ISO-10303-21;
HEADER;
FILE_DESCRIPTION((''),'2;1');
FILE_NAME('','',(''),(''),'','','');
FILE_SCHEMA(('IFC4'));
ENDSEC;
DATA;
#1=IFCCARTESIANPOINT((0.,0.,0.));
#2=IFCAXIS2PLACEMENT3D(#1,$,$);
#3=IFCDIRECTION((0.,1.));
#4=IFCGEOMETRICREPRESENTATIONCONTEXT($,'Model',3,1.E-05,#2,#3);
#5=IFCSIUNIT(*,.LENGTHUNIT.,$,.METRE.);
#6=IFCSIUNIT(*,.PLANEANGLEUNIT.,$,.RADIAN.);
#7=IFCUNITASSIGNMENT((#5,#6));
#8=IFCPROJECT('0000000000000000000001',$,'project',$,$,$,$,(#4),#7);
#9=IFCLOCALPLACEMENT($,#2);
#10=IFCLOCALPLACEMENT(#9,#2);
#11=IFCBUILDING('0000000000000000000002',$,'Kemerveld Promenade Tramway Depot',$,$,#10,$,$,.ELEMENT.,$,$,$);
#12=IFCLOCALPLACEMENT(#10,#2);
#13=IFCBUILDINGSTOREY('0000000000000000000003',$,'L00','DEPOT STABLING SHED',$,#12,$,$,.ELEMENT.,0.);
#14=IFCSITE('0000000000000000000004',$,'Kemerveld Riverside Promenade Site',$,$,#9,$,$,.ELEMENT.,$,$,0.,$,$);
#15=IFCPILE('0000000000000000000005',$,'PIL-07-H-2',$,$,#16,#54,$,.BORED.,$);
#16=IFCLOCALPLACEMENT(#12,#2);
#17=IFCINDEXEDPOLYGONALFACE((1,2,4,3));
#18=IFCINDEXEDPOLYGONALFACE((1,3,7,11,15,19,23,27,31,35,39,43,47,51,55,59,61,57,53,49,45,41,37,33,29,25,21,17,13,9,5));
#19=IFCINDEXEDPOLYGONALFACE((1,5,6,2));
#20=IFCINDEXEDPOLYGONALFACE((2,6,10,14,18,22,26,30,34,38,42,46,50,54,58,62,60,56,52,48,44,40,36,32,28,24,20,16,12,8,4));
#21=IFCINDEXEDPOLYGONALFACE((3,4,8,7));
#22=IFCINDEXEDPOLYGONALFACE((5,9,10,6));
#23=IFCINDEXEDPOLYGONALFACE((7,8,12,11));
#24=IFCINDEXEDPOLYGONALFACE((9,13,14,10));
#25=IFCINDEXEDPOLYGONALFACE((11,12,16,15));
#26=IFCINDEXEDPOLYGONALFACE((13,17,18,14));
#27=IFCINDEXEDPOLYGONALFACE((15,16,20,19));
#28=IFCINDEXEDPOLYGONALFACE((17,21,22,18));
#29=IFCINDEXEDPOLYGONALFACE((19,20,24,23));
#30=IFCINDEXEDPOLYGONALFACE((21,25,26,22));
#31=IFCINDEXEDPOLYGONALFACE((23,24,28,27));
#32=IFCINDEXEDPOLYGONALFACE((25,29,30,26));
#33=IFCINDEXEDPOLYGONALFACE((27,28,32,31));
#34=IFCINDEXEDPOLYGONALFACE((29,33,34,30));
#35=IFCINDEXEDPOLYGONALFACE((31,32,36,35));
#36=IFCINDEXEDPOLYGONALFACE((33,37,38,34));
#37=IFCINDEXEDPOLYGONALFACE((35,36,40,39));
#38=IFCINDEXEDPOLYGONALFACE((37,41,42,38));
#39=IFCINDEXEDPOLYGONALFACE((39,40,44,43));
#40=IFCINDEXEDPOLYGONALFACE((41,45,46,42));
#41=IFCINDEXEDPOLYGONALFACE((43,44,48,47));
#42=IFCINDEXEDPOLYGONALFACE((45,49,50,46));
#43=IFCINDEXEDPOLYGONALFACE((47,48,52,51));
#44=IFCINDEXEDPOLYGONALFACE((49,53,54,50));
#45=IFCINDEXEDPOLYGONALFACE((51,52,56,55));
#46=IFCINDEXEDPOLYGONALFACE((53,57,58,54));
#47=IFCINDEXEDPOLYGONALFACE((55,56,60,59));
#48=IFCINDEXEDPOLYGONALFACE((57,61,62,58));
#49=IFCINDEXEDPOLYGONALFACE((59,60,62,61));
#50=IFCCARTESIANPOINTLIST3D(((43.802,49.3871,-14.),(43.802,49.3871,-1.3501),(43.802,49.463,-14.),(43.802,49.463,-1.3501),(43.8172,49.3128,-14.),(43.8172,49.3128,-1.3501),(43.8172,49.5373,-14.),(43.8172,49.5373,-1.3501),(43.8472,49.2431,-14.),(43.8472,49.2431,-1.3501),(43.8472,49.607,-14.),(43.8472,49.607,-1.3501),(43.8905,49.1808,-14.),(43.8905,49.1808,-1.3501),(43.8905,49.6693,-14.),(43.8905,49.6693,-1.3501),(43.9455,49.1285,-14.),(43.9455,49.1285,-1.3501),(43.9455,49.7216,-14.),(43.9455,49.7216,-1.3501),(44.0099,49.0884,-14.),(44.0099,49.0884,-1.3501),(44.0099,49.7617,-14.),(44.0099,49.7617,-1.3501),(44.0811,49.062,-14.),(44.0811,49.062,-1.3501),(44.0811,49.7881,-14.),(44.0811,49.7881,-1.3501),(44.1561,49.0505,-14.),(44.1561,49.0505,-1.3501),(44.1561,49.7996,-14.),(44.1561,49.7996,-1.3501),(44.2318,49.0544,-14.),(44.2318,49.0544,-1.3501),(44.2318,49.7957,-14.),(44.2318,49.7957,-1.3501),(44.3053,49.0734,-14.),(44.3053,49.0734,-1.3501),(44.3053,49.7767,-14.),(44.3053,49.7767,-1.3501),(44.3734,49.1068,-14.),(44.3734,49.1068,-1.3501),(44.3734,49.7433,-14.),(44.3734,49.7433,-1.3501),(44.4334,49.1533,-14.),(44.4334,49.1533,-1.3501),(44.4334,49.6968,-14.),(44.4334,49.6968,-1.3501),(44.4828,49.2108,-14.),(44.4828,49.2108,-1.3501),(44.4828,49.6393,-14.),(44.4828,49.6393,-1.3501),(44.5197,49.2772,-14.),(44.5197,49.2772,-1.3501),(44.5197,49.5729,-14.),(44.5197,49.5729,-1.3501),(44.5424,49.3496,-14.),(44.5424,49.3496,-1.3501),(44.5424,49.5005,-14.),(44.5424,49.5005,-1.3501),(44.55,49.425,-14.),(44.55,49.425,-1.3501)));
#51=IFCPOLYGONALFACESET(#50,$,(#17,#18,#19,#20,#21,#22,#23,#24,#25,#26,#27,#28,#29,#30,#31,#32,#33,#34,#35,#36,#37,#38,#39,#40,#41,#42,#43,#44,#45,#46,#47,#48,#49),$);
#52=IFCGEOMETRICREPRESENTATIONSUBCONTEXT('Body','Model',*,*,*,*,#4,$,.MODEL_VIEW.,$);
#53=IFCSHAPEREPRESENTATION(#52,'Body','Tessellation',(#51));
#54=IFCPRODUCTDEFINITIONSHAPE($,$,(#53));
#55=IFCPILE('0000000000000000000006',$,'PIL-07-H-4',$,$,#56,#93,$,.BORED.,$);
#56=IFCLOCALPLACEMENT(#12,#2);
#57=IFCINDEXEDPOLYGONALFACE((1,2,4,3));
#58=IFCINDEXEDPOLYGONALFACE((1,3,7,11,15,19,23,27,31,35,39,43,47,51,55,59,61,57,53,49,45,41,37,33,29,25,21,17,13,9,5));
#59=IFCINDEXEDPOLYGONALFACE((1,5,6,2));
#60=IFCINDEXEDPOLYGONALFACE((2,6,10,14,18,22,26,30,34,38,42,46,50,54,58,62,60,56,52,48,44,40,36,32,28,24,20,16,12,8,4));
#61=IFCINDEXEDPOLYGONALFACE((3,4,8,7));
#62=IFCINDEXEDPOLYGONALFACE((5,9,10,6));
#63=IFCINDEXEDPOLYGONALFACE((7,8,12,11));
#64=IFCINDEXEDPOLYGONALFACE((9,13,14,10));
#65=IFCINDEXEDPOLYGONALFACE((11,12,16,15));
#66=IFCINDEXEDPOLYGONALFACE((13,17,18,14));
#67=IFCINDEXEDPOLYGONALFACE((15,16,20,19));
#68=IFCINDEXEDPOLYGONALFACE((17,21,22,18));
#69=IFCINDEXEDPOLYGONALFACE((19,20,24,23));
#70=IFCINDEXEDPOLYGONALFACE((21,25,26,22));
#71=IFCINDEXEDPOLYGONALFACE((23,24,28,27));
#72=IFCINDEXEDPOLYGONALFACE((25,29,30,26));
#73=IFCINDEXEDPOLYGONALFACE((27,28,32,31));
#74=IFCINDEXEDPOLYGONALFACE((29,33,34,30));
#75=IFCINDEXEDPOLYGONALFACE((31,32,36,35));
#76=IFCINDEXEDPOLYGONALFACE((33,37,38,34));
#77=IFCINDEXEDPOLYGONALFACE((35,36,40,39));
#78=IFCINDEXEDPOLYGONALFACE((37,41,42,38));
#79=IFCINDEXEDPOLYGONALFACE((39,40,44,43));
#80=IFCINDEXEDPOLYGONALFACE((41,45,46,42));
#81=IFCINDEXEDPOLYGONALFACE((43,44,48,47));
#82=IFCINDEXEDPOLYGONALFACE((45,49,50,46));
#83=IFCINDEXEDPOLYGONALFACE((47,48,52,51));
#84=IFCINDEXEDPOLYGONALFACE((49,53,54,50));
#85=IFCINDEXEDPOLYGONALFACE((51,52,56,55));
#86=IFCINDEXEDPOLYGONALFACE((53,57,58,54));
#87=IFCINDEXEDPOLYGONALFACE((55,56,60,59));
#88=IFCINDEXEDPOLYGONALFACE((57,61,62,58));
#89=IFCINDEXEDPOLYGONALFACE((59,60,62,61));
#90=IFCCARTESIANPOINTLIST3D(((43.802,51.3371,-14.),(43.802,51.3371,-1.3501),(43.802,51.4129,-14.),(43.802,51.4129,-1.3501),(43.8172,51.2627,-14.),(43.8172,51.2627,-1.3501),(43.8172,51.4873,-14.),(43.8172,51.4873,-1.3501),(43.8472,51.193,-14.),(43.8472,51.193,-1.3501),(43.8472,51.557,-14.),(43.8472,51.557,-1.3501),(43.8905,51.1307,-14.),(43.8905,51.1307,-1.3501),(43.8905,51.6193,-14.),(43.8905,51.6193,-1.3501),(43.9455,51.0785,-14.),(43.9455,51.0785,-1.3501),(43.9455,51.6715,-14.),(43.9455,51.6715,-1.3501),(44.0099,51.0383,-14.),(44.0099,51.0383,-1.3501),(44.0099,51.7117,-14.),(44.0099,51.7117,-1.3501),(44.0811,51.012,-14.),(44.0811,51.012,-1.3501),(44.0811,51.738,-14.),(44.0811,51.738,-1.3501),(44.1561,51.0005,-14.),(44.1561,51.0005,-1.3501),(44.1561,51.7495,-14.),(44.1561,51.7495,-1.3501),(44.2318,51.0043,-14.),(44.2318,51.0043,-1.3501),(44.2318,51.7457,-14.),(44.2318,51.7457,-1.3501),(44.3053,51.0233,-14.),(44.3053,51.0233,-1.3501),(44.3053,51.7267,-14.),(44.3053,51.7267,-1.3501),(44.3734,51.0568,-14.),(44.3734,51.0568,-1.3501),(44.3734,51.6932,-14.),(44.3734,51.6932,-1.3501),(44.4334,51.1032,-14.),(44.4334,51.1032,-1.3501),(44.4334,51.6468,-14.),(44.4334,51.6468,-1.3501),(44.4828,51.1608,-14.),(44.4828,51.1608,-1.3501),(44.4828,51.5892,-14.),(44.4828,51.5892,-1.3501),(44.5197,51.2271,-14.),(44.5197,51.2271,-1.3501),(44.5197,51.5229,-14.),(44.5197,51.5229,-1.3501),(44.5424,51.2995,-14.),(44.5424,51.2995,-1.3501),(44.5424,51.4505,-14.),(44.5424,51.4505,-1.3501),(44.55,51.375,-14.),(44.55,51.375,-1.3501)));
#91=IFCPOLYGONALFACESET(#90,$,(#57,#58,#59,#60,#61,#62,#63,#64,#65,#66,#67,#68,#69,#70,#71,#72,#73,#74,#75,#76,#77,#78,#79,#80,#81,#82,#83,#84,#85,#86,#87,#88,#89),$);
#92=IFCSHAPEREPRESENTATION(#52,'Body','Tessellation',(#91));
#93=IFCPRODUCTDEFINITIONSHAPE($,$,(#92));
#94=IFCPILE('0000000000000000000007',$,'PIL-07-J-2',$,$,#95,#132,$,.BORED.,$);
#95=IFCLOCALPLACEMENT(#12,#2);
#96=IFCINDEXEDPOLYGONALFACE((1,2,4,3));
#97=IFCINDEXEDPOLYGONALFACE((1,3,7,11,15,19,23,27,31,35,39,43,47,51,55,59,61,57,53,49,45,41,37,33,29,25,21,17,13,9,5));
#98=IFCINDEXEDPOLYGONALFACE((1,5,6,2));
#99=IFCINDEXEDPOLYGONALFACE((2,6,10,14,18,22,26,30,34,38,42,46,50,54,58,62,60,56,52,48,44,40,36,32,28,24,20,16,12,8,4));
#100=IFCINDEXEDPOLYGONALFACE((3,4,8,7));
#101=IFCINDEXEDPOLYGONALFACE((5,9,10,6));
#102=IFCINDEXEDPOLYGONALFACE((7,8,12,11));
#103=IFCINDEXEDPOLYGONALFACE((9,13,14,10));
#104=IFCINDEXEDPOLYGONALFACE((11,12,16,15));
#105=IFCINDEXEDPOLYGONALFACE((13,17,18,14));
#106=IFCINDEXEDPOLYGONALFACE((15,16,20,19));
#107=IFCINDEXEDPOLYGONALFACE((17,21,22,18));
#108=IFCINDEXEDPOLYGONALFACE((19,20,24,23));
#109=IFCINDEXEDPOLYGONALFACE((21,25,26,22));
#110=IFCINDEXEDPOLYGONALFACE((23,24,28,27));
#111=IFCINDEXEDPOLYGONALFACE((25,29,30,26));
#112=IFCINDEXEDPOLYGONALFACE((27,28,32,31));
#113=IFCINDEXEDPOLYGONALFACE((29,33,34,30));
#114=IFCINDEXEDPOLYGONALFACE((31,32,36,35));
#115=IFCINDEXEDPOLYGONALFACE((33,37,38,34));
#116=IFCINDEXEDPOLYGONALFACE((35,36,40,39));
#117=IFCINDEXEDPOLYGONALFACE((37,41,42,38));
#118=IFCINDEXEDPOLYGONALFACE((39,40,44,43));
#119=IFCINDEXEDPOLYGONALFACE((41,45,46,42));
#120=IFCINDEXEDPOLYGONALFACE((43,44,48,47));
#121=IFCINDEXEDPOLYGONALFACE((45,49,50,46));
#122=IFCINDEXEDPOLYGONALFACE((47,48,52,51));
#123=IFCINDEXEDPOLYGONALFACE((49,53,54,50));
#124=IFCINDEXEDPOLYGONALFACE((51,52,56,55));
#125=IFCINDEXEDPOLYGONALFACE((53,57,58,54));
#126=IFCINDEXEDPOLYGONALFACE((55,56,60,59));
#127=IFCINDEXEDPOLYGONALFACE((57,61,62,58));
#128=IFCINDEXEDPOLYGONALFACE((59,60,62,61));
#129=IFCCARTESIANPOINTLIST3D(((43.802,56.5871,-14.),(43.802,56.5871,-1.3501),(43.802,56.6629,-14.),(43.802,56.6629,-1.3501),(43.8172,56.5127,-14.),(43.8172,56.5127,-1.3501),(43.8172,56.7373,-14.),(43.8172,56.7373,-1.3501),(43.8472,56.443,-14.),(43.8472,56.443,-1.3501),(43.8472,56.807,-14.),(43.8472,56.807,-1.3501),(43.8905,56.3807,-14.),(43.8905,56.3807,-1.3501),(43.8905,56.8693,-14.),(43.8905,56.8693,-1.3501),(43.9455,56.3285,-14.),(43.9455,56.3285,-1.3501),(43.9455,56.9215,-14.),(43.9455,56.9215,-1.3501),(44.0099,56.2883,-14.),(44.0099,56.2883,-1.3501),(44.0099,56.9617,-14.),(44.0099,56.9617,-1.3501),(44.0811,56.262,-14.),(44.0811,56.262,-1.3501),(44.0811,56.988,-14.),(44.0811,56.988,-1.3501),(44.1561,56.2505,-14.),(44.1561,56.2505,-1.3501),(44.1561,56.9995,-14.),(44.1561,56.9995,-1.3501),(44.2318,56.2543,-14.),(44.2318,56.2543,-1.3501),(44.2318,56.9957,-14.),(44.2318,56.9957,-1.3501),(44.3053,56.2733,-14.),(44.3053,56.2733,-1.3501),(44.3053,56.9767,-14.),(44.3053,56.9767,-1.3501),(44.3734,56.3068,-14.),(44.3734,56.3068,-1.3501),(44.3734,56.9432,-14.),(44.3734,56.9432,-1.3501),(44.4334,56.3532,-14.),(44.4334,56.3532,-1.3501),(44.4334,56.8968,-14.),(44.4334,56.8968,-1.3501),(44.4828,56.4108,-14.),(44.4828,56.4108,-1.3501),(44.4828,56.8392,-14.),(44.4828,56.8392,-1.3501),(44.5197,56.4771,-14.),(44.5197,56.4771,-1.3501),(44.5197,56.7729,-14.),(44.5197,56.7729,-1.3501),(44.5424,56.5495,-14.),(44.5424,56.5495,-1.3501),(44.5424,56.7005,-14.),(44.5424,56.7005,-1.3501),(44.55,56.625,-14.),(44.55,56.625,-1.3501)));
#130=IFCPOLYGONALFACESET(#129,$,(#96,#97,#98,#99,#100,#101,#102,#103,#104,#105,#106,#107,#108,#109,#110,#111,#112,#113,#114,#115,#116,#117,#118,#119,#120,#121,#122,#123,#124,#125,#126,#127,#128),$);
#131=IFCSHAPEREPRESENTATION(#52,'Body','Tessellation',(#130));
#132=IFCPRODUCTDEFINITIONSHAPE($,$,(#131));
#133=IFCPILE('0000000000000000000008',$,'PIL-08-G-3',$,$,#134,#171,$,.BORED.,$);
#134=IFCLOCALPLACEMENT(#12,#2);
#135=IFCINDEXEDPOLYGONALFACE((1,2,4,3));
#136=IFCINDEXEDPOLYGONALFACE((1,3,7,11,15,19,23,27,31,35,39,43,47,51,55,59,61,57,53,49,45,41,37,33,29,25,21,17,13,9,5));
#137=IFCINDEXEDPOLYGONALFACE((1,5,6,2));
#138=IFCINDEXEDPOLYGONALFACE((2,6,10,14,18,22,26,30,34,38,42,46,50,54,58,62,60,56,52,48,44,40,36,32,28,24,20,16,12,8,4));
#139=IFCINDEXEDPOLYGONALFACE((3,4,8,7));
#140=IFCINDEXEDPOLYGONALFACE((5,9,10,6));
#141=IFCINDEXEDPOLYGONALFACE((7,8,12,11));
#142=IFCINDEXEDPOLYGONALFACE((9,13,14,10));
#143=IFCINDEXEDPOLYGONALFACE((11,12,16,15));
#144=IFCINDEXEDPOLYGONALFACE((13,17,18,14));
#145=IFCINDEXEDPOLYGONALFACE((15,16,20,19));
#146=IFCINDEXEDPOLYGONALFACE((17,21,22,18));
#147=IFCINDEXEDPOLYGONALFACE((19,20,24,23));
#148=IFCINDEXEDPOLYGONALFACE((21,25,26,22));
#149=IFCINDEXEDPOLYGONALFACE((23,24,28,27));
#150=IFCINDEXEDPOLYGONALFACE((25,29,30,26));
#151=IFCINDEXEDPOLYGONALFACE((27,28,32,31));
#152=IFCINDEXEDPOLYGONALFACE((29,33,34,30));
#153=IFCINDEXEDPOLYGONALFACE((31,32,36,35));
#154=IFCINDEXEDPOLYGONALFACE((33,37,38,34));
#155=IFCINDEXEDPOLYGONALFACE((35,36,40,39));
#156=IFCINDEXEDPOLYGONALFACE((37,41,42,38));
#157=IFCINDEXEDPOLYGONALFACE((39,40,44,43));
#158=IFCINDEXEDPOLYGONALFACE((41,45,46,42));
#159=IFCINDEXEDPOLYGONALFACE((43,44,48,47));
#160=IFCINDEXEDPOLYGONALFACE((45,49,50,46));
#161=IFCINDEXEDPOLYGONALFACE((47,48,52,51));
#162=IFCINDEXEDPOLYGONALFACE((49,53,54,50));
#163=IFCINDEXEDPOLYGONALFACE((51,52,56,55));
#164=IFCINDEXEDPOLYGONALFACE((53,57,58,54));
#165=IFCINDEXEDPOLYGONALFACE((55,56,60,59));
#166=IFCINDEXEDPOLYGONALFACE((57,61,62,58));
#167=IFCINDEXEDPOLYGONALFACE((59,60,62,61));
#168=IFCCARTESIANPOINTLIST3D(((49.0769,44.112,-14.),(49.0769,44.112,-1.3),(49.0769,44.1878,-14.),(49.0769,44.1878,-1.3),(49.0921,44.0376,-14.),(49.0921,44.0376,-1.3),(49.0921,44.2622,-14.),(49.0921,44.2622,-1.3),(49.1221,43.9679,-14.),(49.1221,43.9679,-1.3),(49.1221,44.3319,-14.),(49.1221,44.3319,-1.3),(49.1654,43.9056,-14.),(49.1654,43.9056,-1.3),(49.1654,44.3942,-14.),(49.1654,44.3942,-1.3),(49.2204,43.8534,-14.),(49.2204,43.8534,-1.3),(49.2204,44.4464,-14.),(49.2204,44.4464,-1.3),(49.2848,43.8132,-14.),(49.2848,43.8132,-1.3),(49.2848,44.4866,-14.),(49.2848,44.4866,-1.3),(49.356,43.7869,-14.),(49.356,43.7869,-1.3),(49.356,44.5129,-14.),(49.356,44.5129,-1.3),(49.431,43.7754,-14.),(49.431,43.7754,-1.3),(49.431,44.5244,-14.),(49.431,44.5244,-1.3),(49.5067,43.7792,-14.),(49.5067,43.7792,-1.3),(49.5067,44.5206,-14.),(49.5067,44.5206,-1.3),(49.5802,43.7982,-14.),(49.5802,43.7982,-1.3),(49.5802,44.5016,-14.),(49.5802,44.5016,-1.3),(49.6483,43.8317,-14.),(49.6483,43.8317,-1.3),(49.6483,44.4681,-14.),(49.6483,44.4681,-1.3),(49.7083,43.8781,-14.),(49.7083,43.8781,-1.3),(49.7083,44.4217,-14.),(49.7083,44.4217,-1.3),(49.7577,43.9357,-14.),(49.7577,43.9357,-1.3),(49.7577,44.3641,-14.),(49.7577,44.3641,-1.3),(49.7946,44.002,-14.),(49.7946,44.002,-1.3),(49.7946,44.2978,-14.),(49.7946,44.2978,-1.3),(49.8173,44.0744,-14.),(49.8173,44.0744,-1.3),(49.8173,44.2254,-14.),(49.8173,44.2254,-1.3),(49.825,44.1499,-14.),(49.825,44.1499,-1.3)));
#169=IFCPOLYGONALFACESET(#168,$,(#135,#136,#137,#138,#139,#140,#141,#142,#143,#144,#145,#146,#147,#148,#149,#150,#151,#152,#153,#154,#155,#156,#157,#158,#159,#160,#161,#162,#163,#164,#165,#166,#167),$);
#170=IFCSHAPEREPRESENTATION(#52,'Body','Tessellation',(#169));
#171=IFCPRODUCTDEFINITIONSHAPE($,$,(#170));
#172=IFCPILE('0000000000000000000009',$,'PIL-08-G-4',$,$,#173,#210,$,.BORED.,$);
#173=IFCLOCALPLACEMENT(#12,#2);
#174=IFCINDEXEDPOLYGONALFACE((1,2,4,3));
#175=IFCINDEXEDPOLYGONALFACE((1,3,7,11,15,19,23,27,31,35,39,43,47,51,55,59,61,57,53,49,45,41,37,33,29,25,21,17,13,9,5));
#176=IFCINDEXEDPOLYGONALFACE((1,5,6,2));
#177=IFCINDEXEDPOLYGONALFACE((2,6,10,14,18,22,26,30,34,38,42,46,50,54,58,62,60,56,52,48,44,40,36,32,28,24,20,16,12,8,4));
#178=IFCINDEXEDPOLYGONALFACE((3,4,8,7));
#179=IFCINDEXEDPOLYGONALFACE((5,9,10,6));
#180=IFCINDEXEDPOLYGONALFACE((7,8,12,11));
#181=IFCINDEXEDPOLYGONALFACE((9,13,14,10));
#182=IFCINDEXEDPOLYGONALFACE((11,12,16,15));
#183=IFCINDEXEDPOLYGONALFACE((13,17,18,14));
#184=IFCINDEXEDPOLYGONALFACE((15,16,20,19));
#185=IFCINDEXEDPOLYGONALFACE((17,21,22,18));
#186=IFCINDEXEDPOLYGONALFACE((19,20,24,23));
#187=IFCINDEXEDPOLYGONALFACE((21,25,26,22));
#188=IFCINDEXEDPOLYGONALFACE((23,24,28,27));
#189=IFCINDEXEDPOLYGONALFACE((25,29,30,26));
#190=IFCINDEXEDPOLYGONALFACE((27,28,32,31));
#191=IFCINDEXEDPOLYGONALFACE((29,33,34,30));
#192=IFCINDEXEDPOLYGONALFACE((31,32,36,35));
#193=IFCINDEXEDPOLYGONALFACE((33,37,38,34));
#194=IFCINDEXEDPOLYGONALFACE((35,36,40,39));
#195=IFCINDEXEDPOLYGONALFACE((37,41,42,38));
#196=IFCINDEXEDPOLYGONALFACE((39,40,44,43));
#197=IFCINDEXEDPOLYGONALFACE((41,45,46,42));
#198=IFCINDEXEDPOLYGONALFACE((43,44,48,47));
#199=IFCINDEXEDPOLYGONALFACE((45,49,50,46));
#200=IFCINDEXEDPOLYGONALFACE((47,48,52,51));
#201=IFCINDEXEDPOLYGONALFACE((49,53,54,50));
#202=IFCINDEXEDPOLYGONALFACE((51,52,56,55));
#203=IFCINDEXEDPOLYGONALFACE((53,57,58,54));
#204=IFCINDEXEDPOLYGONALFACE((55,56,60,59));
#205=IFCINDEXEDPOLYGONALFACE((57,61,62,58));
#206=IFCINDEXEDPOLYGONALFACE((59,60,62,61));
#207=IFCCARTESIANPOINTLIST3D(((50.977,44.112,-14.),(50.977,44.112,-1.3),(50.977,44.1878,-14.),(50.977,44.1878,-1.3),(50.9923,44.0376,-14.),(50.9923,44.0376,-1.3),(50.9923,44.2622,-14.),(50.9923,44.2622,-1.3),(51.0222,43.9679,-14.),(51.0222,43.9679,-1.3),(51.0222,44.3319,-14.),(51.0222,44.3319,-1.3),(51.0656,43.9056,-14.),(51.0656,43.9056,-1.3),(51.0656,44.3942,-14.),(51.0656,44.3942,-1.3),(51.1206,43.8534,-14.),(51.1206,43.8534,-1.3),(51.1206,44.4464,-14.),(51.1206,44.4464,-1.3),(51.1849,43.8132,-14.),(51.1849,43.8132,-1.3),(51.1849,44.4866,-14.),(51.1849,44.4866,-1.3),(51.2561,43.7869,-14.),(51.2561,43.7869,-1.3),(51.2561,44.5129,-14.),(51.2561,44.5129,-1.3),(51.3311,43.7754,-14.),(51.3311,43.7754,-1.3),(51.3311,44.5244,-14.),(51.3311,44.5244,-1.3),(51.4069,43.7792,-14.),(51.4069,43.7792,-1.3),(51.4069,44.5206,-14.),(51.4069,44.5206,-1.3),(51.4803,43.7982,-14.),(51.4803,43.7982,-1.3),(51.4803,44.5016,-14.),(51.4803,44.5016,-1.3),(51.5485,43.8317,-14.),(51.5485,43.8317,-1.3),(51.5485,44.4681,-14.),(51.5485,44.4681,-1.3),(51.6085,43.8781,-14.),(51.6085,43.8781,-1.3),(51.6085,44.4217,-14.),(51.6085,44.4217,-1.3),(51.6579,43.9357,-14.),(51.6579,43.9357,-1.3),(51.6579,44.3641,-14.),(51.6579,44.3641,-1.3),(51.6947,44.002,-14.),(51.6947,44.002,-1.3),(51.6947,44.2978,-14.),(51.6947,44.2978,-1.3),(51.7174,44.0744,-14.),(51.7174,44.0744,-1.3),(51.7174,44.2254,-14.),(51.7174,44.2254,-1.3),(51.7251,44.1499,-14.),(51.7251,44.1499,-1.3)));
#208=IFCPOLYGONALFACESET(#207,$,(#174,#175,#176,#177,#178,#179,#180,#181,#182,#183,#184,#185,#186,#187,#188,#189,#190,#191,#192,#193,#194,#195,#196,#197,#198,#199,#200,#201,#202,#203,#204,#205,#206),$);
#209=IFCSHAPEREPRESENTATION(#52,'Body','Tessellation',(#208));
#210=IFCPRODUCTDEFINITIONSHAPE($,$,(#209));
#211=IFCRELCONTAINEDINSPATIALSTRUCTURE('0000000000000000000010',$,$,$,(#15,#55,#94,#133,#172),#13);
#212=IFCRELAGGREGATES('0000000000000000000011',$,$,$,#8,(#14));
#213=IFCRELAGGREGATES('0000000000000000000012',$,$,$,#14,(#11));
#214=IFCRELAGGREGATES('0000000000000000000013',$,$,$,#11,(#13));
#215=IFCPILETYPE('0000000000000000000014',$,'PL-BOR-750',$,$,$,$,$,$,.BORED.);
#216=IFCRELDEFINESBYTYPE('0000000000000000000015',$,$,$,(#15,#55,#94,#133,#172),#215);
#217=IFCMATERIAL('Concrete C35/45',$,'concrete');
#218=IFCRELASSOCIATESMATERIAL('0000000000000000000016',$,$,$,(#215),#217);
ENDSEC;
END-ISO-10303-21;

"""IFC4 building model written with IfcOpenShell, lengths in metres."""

from ifc_helpers import new_model, si_unit, direction, frame, origin, origin_2d, place, context, subcontext, project, spatial, circle, extrude, material, material_profile, profile_set, type_object, element, save


model = new_model("IFC4")

# Units and contexts
model_context = context("Model", 3, precision=1e-05, world=origin(), true_north=direction((0.0, 1.0)))
body_context = subcontext(model_context, "Body", "Model", "MODEL_VIEW")
ifc_project = project(units=[si_unit("LENGTHUNIT", "METRE"), si_unit("PLANEANGLEUNIT", "RADIAN")], contexts=[model_context])

# Site, building, storey
site_placement = place(None, origin())
site = spatial("IfcSite", under=ifc_project, at=site_placement, Name="Kemerveld Riverside Promenade Site", CompositionType="ELEMENT", RefElevation=0.0)
building_placement = place(site_placement, origin())
building = spatial("IfcBuilding", under=site, at=building_placement, Name="Kemerveld Promenade Tramway Depot", CompositionType="ELEMENT")
storey_placement = place(building_placement, origin())
storey = spatial("IfcBuildingStorey", under=building, at=storey_placement, Name="L00", Description="DEPOT STABLING SHED", CompositionType="ELEMENT", Elevation=0.0)

# Shared definitions
ifc_material_1 = material(Name="Concrete C35/45", Category="concrete")

# Piles
ifc_material_profile_1 = material_profile(ifc_material_1, circle(Radius=0.375, at=origin_2d()), Name="PILE-D750")
ifc_profile_set_1 = profile_set([ifc_material_profile_1], Name="Concrete C35/45")
pile_type_1 = type_object("IfcPileType", Name="PL-BOR-750", PredefinedType="BORED", material=ifc_profile_set_1)
for number, where, z_axis, x_axis, name in (
    (1, (44.175, 49.425, -1.3501), (0.0, 0.0, -1.0), (1.0, 0.0, 0.0), "PIL-07-H-2"),
    (2, (44.175, 51.375, -1.3501), (0.0, 0.0, -1.0), (1.0, 0.0, 0.0), "PIL-07-H-4"),
    (3, (44.175, 56.625, -1.3501), (0.0, 0.0, -1.0), (1.0, 0.0, 0.0), "PIL-07-J-2"),
):
    element("IfcPile", number, at=place(storey_placement, frame(where, z_axis=z_axis, x_axis=x_axis)), inside=storey, type_object=pile_type_1, Name=name, PredefinedType="BORED", context=body_context, shape_type="SweptSolid", body=[
        extrude(circle(Radius=0.375, at=origin_2d()), origin(), (0.0, 0.0, 1.0), 12.6499),
    ])
for number, where, z_axis, x_axis, name in (
    (4, (49.45, 44.1499, -1.3), (0.0, 0.0, -1.0), (1.0, 0.0, 0.0), "PIL-08-G-3"),
    (5, (51.3501, 44.1499, -1.3), (0.0, 0.0, -1.0), (1.0, 0.0, 0.0), "PIL-08-G-4"),
):
    element("IfcPile", number, at=place(storey_placement, frame(where, z_axis=z_axis, x_axis=x_axis)), inside=storey, type_object=pile_type_1, Name=name, PredefinedType="BORED", context=body_context, shape_type="SweptSolid", body=[
        extrude(circle(Radius=0.375, at=origin_2d()), origin(), (0.0, 0.0, 1.0), 12.7),
    ])

save(model, "model.ifc")
